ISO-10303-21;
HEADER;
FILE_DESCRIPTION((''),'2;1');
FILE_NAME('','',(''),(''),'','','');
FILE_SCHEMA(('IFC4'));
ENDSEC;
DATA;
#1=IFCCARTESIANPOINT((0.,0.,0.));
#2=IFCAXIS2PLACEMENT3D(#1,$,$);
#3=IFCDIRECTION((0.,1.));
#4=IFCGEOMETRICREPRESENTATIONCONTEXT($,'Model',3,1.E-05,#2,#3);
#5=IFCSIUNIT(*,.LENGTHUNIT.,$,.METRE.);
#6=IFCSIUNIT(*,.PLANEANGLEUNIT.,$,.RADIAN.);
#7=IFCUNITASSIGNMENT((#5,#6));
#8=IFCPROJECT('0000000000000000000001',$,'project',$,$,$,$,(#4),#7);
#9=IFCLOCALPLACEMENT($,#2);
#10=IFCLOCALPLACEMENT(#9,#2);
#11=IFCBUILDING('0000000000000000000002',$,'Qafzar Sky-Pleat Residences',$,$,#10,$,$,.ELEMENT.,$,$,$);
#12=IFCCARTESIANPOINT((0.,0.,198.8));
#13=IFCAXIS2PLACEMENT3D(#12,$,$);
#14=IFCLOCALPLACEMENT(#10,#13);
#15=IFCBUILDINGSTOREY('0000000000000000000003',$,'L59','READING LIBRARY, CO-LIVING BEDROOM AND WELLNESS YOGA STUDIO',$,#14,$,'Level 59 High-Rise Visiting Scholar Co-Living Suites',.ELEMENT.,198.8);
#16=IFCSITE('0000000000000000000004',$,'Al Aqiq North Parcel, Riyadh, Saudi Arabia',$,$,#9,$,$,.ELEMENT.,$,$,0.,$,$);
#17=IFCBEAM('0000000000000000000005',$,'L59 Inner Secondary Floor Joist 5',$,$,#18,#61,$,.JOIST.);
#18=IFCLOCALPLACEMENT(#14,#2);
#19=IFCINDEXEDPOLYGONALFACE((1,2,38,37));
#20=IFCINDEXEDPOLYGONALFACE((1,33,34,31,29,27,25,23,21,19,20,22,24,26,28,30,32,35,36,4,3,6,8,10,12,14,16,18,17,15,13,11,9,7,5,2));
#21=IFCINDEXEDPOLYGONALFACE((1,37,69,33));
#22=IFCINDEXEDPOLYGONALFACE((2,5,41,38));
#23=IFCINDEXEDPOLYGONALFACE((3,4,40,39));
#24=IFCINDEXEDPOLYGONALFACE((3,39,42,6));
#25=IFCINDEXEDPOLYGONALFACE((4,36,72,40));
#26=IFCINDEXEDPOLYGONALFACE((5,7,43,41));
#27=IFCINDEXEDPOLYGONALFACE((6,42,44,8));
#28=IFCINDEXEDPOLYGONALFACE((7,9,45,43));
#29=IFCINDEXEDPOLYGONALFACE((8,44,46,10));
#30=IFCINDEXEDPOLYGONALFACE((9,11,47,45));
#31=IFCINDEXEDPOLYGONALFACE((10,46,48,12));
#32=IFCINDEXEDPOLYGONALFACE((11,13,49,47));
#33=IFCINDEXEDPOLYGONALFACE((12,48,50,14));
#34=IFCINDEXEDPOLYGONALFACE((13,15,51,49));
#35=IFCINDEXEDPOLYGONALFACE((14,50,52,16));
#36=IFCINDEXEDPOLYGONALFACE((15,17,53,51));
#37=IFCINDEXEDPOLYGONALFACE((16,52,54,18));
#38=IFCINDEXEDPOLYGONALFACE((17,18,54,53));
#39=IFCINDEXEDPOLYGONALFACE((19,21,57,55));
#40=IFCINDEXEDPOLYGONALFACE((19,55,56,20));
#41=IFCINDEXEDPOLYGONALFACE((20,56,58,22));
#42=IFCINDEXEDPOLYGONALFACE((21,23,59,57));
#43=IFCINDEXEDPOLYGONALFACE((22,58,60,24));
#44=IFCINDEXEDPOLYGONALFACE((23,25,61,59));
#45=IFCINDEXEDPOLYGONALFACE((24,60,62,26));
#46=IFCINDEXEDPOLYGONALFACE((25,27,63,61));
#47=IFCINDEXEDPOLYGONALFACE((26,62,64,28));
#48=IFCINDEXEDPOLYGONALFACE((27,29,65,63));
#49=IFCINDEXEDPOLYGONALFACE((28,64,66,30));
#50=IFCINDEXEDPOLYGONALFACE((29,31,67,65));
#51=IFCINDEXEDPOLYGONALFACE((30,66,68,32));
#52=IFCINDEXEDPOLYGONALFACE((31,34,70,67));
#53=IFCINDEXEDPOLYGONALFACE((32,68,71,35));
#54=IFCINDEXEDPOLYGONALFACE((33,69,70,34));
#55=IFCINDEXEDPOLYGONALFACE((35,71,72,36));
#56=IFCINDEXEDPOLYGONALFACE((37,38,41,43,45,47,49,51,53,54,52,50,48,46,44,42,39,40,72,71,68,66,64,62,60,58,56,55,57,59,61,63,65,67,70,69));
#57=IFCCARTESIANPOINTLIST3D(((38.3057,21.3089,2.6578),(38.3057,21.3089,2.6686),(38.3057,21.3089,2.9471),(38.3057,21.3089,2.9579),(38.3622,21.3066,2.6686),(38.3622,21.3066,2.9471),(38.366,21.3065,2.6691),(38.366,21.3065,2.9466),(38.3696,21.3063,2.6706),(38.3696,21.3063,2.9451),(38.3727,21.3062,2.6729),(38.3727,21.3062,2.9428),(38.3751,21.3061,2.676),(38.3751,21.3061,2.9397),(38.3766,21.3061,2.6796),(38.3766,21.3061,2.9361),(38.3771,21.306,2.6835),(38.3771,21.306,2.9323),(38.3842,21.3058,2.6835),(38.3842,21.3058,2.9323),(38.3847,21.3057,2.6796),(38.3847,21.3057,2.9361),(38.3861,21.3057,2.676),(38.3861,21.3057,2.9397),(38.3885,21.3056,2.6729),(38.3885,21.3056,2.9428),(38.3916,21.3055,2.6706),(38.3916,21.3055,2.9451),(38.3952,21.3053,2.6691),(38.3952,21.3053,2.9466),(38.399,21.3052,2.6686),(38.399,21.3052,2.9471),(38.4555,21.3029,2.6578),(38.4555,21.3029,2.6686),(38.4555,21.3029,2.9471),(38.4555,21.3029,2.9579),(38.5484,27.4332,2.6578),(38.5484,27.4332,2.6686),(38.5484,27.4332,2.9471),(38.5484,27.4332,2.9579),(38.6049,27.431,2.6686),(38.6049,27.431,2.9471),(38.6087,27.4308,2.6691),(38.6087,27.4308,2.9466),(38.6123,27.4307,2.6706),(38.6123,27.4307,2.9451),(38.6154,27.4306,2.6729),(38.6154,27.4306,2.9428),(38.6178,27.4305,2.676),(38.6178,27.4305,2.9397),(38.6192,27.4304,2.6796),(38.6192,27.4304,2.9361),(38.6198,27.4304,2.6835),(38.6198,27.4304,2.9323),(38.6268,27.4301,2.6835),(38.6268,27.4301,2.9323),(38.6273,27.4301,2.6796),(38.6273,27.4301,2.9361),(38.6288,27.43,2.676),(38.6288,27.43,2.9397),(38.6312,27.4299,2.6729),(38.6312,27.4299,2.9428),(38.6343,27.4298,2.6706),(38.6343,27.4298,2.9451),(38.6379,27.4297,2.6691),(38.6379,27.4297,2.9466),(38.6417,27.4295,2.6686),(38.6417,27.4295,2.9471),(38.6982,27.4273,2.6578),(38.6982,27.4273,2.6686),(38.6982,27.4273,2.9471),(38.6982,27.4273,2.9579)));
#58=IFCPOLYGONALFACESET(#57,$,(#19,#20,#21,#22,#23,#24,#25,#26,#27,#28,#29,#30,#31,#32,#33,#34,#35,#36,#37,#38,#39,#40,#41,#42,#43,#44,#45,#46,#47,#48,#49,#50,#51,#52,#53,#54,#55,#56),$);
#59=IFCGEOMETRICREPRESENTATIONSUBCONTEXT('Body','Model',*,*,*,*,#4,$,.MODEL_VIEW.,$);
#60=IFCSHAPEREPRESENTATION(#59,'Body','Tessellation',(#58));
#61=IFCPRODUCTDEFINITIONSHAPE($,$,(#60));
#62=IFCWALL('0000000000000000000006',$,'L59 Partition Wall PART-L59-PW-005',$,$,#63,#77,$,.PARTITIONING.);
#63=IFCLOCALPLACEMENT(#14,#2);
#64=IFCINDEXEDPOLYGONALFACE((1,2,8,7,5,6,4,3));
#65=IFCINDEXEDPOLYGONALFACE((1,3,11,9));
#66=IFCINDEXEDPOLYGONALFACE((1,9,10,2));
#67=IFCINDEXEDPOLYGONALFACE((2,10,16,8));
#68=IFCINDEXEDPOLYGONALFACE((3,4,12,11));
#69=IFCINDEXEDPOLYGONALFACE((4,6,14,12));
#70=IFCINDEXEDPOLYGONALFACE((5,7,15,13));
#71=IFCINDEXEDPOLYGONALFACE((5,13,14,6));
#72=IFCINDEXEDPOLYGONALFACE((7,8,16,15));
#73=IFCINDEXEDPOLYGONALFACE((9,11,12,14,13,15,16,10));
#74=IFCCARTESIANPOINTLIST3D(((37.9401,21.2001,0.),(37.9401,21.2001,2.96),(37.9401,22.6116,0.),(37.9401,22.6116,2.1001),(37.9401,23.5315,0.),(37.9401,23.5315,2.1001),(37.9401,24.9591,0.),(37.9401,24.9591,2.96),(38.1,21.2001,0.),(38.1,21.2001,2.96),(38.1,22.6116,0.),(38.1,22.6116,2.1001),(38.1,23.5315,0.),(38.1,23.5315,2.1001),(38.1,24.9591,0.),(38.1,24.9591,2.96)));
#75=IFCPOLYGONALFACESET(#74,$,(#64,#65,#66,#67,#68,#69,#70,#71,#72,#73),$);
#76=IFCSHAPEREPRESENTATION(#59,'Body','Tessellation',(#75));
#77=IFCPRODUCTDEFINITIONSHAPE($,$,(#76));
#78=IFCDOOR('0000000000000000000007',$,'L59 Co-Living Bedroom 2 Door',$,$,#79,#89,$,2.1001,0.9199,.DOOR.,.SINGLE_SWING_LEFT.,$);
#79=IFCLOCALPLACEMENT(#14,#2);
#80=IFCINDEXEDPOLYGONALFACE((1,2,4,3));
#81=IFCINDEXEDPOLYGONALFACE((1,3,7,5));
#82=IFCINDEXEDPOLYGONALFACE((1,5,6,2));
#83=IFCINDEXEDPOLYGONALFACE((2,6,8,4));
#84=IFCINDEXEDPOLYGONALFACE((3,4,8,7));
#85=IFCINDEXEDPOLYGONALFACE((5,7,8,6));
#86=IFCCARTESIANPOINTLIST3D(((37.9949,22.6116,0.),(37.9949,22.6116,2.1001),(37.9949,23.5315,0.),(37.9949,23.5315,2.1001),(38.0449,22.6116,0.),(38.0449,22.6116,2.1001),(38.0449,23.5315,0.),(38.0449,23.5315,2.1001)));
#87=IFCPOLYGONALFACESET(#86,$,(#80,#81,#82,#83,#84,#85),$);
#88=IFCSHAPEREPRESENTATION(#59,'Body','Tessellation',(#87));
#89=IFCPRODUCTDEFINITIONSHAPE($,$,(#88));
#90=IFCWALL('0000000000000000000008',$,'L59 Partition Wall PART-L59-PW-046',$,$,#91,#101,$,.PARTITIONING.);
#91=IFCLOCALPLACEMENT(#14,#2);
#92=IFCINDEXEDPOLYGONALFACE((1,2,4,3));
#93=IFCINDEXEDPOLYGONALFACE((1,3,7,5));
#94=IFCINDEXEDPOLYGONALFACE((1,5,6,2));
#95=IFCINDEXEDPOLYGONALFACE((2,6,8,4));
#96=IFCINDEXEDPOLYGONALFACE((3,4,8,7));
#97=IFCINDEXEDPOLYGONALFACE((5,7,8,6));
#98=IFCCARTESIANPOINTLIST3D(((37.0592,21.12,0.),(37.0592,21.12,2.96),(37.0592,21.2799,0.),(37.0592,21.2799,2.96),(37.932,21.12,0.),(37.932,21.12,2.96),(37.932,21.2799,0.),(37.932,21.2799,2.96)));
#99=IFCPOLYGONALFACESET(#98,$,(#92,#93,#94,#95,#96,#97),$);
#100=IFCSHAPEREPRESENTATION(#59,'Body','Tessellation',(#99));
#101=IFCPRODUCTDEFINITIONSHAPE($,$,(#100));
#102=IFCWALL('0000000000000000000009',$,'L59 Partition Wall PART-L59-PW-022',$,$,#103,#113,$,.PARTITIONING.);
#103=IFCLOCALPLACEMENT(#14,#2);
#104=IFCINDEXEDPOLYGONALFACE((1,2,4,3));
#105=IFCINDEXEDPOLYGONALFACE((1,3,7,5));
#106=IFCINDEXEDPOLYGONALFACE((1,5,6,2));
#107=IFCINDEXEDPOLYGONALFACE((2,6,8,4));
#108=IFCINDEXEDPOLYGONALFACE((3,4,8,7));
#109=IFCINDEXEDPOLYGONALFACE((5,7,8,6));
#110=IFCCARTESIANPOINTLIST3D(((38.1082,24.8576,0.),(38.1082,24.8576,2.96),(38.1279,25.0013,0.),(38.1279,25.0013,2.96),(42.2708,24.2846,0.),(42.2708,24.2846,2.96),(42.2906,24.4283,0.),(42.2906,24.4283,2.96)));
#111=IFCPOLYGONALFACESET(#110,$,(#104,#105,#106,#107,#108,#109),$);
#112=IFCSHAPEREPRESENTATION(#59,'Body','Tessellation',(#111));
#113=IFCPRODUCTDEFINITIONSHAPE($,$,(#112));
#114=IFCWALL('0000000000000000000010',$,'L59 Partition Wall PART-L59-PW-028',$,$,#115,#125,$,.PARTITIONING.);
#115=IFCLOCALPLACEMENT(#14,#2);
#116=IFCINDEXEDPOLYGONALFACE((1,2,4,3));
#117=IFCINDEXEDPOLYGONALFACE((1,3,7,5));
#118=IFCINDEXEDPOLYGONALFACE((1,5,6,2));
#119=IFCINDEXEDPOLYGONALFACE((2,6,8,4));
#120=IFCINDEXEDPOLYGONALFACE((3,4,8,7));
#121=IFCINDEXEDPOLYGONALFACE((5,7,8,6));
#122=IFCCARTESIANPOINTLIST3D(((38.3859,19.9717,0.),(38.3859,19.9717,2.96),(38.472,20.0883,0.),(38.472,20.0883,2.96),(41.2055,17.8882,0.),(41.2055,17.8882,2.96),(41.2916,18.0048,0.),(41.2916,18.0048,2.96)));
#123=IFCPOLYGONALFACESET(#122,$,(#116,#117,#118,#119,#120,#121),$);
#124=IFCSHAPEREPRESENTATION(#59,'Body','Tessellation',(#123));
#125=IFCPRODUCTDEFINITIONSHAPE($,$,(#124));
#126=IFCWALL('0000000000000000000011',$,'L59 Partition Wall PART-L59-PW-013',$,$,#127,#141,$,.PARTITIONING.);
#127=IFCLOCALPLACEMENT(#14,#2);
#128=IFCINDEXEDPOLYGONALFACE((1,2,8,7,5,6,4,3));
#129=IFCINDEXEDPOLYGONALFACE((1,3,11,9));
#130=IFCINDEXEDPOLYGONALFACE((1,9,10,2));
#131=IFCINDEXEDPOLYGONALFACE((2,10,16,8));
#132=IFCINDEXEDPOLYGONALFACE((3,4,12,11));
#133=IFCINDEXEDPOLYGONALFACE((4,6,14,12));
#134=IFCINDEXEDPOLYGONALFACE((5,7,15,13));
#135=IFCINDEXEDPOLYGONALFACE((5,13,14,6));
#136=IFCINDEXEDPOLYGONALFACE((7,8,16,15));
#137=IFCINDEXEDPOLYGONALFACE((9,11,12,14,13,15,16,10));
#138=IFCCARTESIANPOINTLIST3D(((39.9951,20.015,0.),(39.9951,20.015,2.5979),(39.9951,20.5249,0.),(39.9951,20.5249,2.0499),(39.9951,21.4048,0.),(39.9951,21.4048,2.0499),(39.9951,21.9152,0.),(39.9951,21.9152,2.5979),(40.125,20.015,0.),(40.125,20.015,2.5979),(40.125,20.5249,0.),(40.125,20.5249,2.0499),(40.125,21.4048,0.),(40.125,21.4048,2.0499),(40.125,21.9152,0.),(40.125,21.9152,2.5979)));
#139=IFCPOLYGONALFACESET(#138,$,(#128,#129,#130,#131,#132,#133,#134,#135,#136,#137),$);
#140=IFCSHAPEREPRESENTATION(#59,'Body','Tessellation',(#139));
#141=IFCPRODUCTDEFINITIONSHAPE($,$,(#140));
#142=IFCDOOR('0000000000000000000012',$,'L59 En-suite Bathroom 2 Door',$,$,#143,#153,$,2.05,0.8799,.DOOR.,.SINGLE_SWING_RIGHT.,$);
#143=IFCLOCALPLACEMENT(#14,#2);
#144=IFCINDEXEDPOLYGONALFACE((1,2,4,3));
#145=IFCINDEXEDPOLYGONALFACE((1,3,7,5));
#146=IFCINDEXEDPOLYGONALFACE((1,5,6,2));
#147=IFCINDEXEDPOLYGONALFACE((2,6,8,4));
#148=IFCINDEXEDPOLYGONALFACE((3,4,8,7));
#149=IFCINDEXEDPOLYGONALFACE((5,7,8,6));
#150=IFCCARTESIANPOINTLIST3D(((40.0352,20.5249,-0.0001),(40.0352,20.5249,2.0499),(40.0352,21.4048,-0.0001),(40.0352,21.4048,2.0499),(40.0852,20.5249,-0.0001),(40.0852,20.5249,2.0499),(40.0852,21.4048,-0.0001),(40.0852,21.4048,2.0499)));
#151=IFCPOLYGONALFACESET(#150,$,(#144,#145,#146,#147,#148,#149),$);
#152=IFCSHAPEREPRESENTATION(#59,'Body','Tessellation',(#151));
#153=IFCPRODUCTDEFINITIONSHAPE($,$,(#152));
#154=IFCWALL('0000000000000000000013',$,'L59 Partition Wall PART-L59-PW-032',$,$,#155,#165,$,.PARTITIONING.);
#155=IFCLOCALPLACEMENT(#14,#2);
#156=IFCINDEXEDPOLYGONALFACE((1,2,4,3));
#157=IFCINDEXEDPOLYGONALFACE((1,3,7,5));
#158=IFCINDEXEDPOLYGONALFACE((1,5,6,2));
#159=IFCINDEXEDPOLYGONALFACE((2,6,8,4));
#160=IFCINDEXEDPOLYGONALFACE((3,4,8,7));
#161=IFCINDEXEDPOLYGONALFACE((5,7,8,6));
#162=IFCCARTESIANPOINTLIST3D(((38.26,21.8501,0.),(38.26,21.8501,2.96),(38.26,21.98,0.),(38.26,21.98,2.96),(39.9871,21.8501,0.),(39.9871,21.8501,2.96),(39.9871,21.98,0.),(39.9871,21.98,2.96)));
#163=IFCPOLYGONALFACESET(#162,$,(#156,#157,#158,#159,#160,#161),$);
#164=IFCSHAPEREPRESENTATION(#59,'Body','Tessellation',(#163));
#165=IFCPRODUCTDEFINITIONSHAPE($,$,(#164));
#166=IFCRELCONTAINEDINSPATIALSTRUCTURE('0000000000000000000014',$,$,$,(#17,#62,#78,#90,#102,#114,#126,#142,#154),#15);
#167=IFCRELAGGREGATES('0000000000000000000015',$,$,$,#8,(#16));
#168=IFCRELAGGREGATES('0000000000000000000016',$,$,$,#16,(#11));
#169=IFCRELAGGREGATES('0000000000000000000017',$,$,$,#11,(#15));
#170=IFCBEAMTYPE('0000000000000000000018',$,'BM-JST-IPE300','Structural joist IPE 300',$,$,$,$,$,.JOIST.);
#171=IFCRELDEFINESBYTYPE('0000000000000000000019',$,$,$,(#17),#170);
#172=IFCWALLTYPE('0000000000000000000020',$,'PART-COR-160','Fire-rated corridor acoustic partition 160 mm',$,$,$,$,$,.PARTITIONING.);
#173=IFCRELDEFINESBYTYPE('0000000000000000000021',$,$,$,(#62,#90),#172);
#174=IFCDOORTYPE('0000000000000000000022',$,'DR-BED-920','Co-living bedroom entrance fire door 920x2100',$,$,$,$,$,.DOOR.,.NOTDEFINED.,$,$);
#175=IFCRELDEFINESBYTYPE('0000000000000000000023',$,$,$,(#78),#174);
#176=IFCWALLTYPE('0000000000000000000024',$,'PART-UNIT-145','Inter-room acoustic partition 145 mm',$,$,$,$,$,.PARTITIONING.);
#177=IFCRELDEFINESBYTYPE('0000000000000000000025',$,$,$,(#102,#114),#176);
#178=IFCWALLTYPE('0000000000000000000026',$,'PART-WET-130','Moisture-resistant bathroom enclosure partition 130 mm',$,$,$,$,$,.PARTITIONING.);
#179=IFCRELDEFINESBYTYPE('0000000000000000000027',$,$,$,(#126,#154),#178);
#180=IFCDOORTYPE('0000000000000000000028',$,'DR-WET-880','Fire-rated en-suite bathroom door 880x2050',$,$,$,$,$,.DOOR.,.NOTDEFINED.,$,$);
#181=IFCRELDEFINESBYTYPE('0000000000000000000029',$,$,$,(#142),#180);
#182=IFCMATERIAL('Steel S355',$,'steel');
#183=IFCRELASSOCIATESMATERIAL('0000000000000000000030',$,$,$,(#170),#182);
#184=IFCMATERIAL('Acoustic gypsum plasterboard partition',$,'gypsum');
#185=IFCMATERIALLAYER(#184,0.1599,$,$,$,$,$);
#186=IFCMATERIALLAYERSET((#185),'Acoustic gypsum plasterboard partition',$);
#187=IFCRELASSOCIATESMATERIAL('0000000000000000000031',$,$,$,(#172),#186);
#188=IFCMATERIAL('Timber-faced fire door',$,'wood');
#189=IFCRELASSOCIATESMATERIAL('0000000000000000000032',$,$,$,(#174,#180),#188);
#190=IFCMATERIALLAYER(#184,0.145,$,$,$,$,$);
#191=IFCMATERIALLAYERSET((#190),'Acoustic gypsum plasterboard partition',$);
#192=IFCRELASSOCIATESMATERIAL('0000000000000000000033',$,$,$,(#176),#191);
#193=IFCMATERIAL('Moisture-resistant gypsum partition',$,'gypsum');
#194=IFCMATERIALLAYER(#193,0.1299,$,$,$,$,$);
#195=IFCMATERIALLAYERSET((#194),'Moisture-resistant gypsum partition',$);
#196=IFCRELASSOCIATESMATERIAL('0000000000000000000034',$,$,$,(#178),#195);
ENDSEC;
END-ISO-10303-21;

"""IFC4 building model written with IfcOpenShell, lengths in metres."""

from ifc_helpers import new_model, si_unit, direction, frame, frame_2d, origin, origin_2d, place, context, subcontext, project, spatial, rectangle, i_section, extrude, source, transform, mapped, material, layer, layer_set, material_profile, profile_set, type_object, element, fill, save


model = new_model("IFC4")

# Units and contexts
model_context = context("Model", 3, precision=1e-05, world=origin(), true_north=direction((0.0, 1.0)))
body_context = subcontext(model_context, "Body", "Model", "MODEL_VIEW")
ifc_project = project(units=[si_unit("LENGTHUNIT", "METRE"), si_unit("PLANEANGLEUNIT", "RADIAN")], contexts=[model_context])

# Site, building, storey
site_placement = place(None, origin())
site = spatial("IfcSite", under=ifc_project, at=site_placement, Name="Al Aqiq North Parcel, Riyadh, Saudi Arabia", CompositionType="ELEMENT", RefElevation=0.0)
building_placement = place(site_placement, origin())
building = spatial("IfcBuilding", under=site, at=building_placement, Name="Qafzar Sky-Pleat Residences", CompositionType="ELEMENT")
storey_placement = place(building_placement, frame((0.0, 0.0, 198.8)))
storey = spatial("IfcBuildingStorey", under=building, at=storey_placement, Name="L59", Description="READING LIBRARY, CO-LIVING BEDROOM AND WELLNESS YOGA STUDIO", LongName="Level 59 High-Rise Visiting Scholar Co-Living Suites", CompositionType="ELEMENT", Elevation=198.8)

# Shared definitions
ifc_material_1 = material(Name="Steel S355", Category="steel")

# Beam
ifc_material_profile_1 = material_profile(ifc_material_1, i_section(OverallWidth=0.1499, OverallDepth=0.3, WebThickness=0.0071, FlangeThickness=0.0107, FilletRadius=0.0149, at=origin_2d()), Name="IPE 300")
ifc_profile_set_1 = profile_set([ifc_material_profile_1], Name="Steel S355")
beam_type_1 = type_object("IfcBeamType", Name="BM-JST-IPE300", Description="Structural joist IPE 300", PredefinedType="JOIST", material=ifc_profile_set_1)
shared_shape_1 = source(origin(), body_context, "Body", "SweptSolid", [
    extrude(i_section(OverallWidth=0.1499, OverallDepth=0.3, WebThickness=0.0071, FlangeThickness=0.0107, FilletRadius=0.0149, at=origin_2d()), origin(), (0.0, 0.0, 1.0), 6.1292),
])
beam_1_placement = place(storey_placement, frame((38.3806, 21.3059, 2.8079), z_axis=(0.039594, 0.999216, 0.0), x_axis=(-0.999216, 0.039594, 0.0)))
element("IfcBeam", 1, at=beam_1_placement, inside=storey, type_object=beam_type_1, Name="L59 Inner Secondary Floor Joist 5", PredefinedType="JOIST", context=body_context, shape_type="MappedRepresentation", body=[
    mapped(shared_shape_1, transform((0.0, 0.0, 0.0), x_axis=(1.0, 0.0, 0.0), y_axis=(0.0, 1.0, 0.0), z_axis=(0.0, 0.0, 1.0), scale=1.0)),
])

# Wall, opening, door
ifc_material_2 = material(Name="Acoustic gypsum plasterboard partition", Category="gypsum")
ifc_layer_1 = layer(ifc_material_2, 0.1599)
ifc_layer_set_1 = layer_set([ifc_layer_1], Name="Acoustic gypsum plasterboard partition")
wall_type_1 = type_object("IfcWallType", Name="PART-COR-160", Description="Fire-rated corridor acoustic partition 160 mm", PredefinedType="PARTITIONING", material=ifc_layer_set_1)
wall_1_placement = place(storey_placement, frame((38.02, 24.959, 0.0), z_axis=(0.0, 0.0, 1.0), x_axis=(0.0, -1.0, 0.0)))
wall_1 = element("IfcWall", 2, at=wall_1_placement, inside=storey, type_object=wall_type_1, Name="L59 Partition Wall PART-L59-PW-005", PredefinedType="PARTITIONING", context=body_context, shape_type="SweptSolid", body=[
    extrude(rectangle(XDim=3.759, YDim=0.1599, at=frame_2d((1.8794, 0.0))), origin(), (0.0, 0.0, 1.0), 2.96),
])
opening_1_placement = place(wall_1_placement, frame((1.4275, 0.0, 0.0)))
opening_1 = element("IfcOpeningElement", 3, at=opening_1_placement, cuts=wall_1, PredefinedType="OPENING", context=body_context, shape_type="SweptSolid", body=[
    extrude(rectangle(XDim=0.9199, YDim=2.1001, at=frame_2d((0.46, 1.05))), frame((0.0, 0.0898, 0.0), z_axis=(0.0, -1.0, 0.0), x_axis=(1.0, 0.0, 0.0)), (0.0, 0.0, 1.0), 0.1799),
])
ifc_material_3 = material(Name="Timber-faced fire door", Category="wood")
door_type_1 = type_object("IfcDoorType", Name="DR-BED-920", Description="Co-living bedroom entrance fire door 920x2100", OperationType="NOTDEFINED", PredefinedType="DOOR", material=ifc_material_3)
shared_shape_2 = source(origin(), body_context, "Body", "SweptSolid", [
    extrude(rectangle(XDim=0.9199, YDim=2.1001, at=frame_2d((0.46, 1.05))), frame((0.0, 0.0249, 0.0), z_axis=(0.0, -1.0, 0.0), x_axis=(1.0, 0.0, 0.0)), (0.0, 0.0, 1.0), 0.05),
])
door_1_placement = place(opening_1_placement, origin())
door_1 = element("IfcDoor", 4, at=door_1_placement, inside=storey, type_object=door_type_1, Name="L59 Co-Living Bedroom 2 Door", OperationType="SINGLE_SWING_LEFT", OverallHeight=2.1001, OverallWidth=0.9199, PredefinedType="DOOR", context=body_context, shape_type="MappedRepresentation", body=[
    mapped(shared_shape_2, transform((0.0, 0.0, 0.0), x_axis=(1.0, 0.0, 0.0), y_axis=(0.0, 1.0, 0.0), z_axis=(0.0, 0.0, 1.0), scale=1.0)),
])
fill(opening_1, door_1)

# Walls
wall_2_placement = place(storey_placement, frame((37.0591, 21.2, 0.0), z_axis=(0.0, 0.0, 1.0), x_axis=(1.0, 0.0, 0.0)))
element("IfcWall", 5, at=wall_2_placement, inside=storey, type_object=wall_type_1, Name="L59 Partition Wall PART-L59-PW-046", PredefinedType="PARTITIONING", context=body_context, shape_type="SweptSolid", body=[
    extrude(rectangle(XDim=0.8728, YDim=0.1599, at=frame_2d((0.4365, 0.0))), origin(), (0.0, 0.0, 1.0), 2.96),
])
ifc_layer_2 = layer(ifc_material_2, 0.145)
ifc_layer_set_2 = layer_set([ifc_layer_2], Name="Acoustic gypsum plasterboard partition")
wall_type_2 = type_object("IfcWallType", Name="PART-UNIT-145", Description="Inter-room acoustic partition 145 mm", PredefinedType="PARTITIONING", material=ifc_layer_set_2)
wall_3_placement = place(storey_placement, frame((38.1179, 24.9294, 0.0), z_axis=(0.0, 0.0, 1.0), x_axis=(0.990658, -0.136368, 0.0)))
element("IfcWall", 6, at=wall_3_placement, inside=storey, type_object=wall_type_2, Name="L59 Partition Wall PART-L59-PW-022", PredefinedType="PARTITIONING", context=body_context, shape_type="SweptSolid", body=[
    extrude(rectangle(XDim=4.2019, YDim=0.145, at=frame_2d((2.1011, 0.0))), origin(), (0.0, 0.0, 1.0), 2.96),
])
wall_4_placement = place(storey_placement, frame((38.429, 20.03, 0.0), z_axis=(0.0, 0.0, 1.0), x_axis=(0.80425, -0.594291, 0.0)))
element("IfcWall", 7, at=wall_4_placement, inside=storey, type_object=wall_type_2, Name="L59 Partition Wall PART-L59-PW-028", PredefinedType="PARTITIONING", context=body_context, shape_type="SweptSolid", body=[
    extrude(rectangle(XDim=3.5059, YDim=0.145, at=frame_2d((1.7529, 0.0))), origin(), (0.0, 0.0, 1.0), 2.96),
])

# Wall, opening, door
ifc_material_4 = material(Name="Moisture-resistant gypsum partition", Category="gypsum")
ifc_layer_3 = layer(ifc_material_4, 0.1299)
ifc_layer_set_3 = layer_set([ifc_layer_3], Name="Moisture-resistant gypsum partition")
wall_type_3 = type_object("IfcWallType", Name="PART-WET-130", Description="Moisture-resistant bathroom enclosure partition 130 mm", PredefinedType="PARTITIONING", material=ifc_layer_set_3)
wall_5_placement = place(storey_placement, frame((40.0601, 20.0149, 0.0), z_axis=(0.0, 0.0, 1.0), x_axis=(0.0, 1.0, 0.0)))
wall_5 = element("IfcWall", 8, at=wall_5_placement, inside=storey, type_object=wall_type_3, Name="L59 Partition Wall PART-L59-PW-013", PredefinedType="PARTITIONING", context=body_context, shape_type="SweptSolid", body=[
    extrude(rectangle(XDim=1.9001, YDim=0.1299, at=frame_2d((0.9502, 0.0))), origin(), (0.0, 0.0, 1.0), 2.5979),
])
opening_2_placement = place(wall_5_placement, frame((0.51, 0.0, 0.0)))
opening_2 = element("IfcOpeningElement", 9, at=opening_2_placement, cuts=wall_5, PredefinedType="OPENING", context=body_context, shape_type="SweptSolid", body=[
    extrude(rectangle(XDim=0.8799, YDim=2.05, at=frame_2d((0.4399, 1.0249))), frame((0.0, 0.075, 0.0), z_axis=(0.0, -1.0, 0.0), x_axis=(1.0, 0.0, 0.0)), (0.0, 0.0, 1.0), 0.1499),
])
door_type_2 = type_object("IfcDoorType", Name="DR-WET-880", Description="Fire-rated en-suite bathroom door 880x2050", OperationType="NOTDEFINED", PredefinedType="DOOR", material=ifc_material_3)
shared_shape_3 = source(origin(), body_context, "Body", "SweptSolid", [
    extrude(rectangle(XDim=0.8799, YDim=2.05, at=frame_2d((0.4399, 1.0249))), frame((0.0, 0.0249, 0.0), z_axis=(0.0, -1.0, 0.0), x_axis=(1.0, 0.0, 0.0)), (0.0, 0.0, 1.0), 0.05),
])
door_2_placement = place(opening_2_placement, origin())
door_2 = element("IfcDoor", 10, at=door_2_placement, inside=storey, type_object=door_type_2, Name="L59 En-suite Bathroom 2 Door", OperationType="SINGLE_SWING_RIGHT", OverallHeight=2.05, OverallWidth=0.8799, PredefinedType="DOOR", context=body_context, shape_type="MappedRepresentation", body=[
    mapped(shared_shape_3, transform((0.0, 0.0, 0.0), x_axis=(1.0, 0.0, 0.0), y_axis=(0.0, 1.0, 0.0), z_axis=(0.0, 0.0, 1.0), scale=1.0)),
])
fill(opening_2, door_2)

# Wall
wall_6_placement = place(storey_placement, frame((38.26, 21.915, 0.0), z_axis=(0.0, 0.0, 1.0), x_axis=(1.0, 0.0, 0.0)))
element("IfcWall", 11, at=wall_6_placement, inside=storey, type_object=wall_type_3, Name="L59 Partition Wall PART-L59-PW-032", PredefinedType="PARTITIONING", context=body_context, shape_type="SweptSolid", body=[
    extrude(rectangle(XDim=1.7271, YDim=0.1299, at=frame_2d((0.8635, 0.0))), origin(), (0.0, 0.0, 1.0), 2.96),
])

save(model, "model.ifc")
